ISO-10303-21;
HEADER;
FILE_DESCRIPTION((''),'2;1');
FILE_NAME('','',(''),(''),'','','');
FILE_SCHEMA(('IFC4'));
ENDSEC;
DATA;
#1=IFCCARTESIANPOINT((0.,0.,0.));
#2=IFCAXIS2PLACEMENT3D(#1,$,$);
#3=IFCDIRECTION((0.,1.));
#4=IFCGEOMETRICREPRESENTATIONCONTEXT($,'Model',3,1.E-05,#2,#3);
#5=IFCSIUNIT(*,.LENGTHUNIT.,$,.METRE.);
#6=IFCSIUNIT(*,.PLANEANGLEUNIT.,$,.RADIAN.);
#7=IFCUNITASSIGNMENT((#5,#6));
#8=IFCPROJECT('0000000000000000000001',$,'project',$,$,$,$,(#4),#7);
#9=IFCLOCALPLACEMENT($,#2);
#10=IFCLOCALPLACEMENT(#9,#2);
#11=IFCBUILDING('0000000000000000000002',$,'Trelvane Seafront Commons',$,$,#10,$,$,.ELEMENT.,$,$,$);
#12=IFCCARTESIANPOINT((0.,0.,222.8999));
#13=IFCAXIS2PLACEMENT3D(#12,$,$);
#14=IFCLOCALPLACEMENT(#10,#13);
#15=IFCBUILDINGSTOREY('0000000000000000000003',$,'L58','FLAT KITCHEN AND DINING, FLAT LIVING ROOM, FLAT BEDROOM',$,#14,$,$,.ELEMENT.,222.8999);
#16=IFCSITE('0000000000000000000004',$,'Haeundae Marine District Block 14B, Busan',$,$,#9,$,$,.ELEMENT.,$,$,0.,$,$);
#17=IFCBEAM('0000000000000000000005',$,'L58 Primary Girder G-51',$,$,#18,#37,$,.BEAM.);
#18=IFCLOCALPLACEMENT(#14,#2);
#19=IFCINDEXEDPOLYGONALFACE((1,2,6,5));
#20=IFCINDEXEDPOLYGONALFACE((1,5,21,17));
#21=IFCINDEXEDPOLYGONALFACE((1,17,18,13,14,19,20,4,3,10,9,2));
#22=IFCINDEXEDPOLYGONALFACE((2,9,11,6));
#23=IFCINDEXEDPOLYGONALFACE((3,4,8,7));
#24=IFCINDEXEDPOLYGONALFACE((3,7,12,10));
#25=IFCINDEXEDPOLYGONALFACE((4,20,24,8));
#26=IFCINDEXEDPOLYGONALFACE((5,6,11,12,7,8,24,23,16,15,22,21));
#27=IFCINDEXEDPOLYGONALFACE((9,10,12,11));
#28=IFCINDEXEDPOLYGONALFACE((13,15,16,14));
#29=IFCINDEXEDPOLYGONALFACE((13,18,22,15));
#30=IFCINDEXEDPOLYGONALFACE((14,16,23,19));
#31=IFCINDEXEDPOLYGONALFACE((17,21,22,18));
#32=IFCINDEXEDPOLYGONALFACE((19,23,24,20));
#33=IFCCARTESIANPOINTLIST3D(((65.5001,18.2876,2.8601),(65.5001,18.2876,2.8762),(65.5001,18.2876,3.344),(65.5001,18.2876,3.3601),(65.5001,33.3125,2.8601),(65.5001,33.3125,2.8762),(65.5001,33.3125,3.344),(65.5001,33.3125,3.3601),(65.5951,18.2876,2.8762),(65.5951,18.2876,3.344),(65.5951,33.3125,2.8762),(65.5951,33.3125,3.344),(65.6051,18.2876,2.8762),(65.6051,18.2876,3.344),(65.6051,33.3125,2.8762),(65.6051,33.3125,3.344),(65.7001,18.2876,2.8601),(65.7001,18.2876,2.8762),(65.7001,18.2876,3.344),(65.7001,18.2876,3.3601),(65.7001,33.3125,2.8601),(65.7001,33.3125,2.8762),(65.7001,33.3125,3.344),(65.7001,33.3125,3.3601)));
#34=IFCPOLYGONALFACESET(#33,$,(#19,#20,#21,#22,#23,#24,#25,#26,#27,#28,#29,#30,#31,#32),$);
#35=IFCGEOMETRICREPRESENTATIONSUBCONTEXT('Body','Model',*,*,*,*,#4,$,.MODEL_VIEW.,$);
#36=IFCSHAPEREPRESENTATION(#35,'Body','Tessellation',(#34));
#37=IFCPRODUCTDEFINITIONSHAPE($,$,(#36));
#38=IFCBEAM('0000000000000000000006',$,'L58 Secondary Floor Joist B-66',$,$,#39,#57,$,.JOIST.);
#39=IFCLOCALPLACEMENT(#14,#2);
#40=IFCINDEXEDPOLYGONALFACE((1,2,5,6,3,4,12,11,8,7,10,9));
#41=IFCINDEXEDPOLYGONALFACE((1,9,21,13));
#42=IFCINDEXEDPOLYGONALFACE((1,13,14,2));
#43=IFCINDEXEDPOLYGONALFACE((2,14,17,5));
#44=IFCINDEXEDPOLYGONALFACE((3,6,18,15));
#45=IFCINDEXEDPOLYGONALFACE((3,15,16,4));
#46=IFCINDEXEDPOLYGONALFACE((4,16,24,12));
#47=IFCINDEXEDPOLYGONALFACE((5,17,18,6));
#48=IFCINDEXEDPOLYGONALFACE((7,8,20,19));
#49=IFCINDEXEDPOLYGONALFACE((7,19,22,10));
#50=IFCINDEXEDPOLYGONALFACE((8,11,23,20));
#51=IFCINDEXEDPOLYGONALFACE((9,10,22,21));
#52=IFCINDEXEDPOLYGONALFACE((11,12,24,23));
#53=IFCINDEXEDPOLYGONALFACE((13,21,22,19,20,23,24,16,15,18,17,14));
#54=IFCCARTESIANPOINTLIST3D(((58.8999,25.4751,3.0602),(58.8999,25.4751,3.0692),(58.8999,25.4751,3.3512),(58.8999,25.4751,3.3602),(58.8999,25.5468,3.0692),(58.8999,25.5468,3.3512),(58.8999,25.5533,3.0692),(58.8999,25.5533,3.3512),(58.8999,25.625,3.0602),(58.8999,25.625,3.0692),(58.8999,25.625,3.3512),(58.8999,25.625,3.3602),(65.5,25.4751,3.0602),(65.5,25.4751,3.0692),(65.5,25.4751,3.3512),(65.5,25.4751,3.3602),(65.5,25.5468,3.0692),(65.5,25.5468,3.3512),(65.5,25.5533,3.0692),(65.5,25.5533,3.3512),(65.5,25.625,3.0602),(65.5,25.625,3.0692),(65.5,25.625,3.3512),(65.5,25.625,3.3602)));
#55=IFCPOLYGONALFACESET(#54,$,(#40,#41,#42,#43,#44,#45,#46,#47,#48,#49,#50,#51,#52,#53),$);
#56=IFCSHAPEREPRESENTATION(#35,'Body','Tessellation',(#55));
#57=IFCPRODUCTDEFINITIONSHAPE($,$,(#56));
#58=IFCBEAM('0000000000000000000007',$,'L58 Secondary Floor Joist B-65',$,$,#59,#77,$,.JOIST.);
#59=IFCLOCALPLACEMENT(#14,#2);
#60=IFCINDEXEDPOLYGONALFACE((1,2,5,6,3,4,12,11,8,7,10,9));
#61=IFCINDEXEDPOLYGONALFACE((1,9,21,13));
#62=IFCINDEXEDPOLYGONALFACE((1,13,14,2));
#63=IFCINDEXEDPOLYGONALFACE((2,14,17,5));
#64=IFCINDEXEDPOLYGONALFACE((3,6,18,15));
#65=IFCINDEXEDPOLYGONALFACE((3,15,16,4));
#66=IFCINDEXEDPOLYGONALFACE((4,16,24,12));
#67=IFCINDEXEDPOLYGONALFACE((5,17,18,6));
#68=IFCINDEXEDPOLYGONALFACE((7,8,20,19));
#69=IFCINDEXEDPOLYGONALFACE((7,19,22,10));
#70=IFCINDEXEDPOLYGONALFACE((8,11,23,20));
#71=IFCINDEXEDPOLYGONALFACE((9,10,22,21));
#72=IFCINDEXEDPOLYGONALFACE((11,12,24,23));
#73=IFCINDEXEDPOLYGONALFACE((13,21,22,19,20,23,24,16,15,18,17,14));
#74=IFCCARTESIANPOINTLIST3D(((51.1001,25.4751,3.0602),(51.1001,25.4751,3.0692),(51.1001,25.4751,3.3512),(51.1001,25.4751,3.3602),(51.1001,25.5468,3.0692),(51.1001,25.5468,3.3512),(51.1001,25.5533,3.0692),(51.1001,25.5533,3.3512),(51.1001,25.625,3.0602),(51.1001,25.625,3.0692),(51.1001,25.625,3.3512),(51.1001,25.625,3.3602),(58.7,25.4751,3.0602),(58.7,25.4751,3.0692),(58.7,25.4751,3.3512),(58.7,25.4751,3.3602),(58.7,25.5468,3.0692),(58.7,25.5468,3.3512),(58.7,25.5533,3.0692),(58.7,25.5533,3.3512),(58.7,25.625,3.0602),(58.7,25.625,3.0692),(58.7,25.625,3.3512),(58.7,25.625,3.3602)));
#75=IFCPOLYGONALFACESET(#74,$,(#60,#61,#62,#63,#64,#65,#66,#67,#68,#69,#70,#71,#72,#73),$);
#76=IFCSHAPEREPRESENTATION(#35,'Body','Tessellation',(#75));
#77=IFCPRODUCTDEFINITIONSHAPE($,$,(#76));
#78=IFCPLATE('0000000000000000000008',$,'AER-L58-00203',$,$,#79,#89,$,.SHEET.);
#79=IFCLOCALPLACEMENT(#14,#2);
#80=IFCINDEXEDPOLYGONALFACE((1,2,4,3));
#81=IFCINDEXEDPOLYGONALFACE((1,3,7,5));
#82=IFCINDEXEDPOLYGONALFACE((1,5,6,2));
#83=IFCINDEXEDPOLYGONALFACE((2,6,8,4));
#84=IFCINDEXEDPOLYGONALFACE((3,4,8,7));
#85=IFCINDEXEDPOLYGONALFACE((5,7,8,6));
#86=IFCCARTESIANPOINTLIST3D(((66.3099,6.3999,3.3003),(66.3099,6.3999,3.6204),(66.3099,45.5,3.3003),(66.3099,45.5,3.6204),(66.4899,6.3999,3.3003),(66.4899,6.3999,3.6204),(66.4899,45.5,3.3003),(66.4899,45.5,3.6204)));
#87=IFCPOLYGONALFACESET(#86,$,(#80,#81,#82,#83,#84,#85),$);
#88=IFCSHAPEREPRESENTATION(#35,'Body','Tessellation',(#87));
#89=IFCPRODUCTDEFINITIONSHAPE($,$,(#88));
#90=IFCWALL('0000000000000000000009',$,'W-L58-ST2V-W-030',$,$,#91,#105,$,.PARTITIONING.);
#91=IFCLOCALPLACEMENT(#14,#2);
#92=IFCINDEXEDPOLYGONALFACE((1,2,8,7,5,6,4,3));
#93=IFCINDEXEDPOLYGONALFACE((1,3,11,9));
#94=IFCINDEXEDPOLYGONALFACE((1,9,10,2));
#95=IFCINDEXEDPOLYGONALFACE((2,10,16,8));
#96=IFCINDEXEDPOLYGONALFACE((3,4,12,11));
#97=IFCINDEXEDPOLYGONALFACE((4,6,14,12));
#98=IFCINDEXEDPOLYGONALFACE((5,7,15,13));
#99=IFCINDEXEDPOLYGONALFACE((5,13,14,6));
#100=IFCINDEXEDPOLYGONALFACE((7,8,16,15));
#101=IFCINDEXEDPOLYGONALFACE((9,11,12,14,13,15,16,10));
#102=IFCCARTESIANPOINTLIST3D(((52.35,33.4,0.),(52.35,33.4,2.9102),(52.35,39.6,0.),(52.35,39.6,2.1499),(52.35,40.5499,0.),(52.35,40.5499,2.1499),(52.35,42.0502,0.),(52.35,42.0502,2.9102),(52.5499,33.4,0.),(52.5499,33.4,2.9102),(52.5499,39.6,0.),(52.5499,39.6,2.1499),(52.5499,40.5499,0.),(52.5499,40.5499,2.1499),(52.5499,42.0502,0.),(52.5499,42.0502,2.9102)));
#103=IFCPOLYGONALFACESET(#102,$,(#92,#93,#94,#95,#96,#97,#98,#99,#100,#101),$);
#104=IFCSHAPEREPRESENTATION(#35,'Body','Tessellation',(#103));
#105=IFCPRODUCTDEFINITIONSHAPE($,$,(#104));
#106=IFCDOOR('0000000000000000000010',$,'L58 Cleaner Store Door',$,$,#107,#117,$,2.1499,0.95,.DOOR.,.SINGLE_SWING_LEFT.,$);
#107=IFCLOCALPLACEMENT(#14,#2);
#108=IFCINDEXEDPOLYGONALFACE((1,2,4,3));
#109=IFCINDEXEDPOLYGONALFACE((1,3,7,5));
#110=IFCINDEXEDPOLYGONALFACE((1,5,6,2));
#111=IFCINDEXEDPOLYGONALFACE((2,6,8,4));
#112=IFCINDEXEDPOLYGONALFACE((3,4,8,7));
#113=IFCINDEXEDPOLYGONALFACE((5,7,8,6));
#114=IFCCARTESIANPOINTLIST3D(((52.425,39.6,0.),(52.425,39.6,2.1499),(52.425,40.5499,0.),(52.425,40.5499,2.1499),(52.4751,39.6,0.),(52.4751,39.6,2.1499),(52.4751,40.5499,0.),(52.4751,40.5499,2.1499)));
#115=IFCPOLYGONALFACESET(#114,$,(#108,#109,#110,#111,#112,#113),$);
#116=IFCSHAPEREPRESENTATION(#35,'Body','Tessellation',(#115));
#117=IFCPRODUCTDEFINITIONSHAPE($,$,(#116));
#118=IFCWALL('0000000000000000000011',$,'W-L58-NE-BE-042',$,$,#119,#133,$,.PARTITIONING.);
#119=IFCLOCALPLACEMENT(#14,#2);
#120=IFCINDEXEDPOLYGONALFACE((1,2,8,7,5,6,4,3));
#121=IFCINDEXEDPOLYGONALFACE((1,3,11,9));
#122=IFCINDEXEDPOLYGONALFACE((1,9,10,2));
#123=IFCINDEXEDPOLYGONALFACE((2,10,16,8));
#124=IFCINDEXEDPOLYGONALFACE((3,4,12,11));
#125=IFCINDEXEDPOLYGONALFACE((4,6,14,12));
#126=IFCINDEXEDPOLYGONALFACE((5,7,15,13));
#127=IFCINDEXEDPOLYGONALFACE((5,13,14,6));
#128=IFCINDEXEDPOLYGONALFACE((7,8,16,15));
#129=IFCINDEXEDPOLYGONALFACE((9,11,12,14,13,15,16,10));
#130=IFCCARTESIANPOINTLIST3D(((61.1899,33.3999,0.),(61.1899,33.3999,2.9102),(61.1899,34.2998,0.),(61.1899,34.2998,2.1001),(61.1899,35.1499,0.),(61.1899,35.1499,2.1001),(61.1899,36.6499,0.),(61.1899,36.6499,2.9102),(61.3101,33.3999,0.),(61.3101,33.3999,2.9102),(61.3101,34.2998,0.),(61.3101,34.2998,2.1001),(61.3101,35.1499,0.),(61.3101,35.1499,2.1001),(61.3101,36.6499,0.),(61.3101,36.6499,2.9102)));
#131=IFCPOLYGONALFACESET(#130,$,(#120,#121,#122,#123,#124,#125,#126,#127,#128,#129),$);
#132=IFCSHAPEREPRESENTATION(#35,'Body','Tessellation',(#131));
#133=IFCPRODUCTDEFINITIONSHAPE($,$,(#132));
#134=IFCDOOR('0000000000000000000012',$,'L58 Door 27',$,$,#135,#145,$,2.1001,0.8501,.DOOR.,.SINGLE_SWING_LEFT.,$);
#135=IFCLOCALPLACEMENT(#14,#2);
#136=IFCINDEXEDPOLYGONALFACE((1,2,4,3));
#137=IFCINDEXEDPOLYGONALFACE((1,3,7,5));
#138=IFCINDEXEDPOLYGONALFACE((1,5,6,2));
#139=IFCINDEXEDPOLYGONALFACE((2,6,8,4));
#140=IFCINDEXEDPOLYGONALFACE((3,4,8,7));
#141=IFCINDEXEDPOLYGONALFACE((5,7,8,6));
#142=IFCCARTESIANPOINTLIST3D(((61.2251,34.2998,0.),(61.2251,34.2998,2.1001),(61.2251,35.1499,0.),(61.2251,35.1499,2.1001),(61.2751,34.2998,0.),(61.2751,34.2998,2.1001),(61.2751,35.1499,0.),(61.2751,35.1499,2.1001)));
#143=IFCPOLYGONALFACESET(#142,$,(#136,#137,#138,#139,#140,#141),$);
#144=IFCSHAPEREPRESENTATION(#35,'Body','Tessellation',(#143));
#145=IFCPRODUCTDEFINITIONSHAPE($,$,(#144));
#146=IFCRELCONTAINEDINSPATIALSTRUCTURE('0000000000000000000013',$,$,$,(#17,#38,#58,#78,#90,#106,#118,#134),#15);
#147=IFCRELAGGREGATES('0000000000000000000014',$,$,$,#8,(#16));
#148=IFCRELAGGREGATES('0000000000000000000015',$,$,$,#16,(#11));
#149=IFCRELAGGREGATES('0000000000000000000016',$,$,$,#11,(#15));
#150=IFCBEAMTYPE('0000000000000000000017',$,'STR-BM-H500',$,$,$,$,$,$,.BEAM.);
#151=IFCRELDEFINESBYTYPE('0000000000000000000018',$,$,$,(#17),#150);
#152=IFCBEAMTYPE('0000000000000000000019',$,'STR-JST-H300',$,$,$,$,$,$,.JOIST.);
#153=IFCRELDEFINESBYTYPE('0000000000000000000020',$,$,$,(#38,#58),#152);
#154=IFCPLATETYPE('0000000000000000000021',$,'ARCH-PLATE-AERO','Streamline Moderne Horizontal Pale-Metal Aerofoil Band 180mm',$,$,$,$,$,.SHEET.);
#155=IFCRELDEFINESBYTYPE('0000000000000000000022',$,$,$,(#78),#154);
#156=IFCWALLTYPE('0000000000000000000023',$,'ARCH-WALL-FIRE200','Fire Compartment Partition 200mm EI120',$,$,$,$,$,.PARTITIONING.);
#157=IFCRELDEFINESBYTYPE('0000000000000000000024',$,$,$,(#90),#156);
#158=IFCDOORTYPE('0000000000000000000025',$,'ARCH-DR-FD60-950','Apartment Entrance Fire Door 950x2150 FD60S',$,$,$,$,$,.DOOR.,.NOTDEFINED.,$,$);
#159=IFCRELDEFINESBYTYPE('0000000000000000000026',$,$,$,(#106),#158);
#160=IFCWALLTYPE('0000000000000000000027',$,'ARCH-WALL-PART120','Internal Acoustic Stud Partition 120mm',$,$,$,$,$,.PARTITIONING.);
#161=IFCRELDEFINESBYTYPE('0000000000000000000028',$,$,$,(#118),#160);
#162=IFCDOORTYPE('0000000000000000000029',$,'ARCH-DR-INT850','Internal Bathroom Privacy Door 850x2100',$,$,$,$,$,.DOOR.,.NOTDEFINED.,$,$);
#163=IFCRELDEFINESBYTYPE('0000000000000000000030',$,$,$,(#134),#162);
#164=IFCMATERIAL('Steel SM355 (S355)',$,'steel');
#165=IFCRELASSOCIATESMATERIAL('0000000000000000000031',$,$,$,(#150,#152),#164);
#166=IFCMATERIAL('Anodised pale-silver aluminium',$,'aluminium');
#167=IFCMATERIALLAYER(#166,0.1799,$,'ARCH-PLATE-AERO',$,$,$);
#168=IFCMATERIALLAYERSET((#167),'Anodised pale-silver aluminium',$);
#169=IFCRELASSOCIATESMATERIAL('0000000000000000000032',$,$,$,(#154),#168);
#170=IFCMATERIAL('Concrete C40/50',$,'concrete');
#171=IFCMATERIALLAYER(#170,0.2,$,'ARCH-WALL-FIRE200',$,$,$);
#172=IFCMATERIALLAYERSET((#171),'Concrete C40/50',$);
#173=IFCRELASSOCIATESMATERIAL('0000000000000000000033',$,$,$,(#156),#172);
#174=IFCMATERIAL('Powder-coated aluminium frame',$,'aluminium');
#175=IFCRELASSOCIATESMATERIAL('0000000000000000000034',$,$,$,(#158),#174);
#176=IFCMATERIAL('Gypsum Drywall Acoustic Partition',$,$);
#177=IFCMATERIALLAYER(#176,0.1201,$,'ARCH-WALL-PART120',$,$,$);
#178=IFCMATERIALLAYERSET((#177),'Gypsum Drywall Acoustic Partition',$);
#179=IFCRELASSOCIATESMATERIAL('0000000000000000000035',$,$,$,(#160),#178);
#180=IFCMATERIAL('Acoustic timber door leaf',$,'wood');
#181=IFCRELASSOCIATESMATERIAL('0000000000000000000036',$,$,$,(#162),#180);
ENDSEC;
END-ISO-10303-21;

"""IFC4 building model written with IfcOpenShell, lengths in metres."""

from ifc_helpers import new_model, si_unit, direction, frame, frame_2d, origin, origin_2d, place, context, subcontext, project, spatial, rectangle, i_section, extrude, source, transform, mapped, material, layer, layer_set, material_profile, profile_set, type_object, element, fill, save


model = new_model("IFC4")

# Units and contexts
model_context = context("Model", 3, precision=1e-05, world=origin(), true_north=direction((0.0, 1.0)))
body_context = subcontext(model_context, "Body", "Model", "MODEL_VIEW")
ifc_project = project(units=[si_unit("LENGTHUNIT", "METRE"), si_unit("PLANEANGLEUNIT", "RADIAN")], contexts=[model_context])

# Site, building, storey
site_placement = place(None, origin())
site = spatial("IfcSite", under=ifc_project, at=site_placement, Name="Haeundae Marine District Block 14B, Busan", CompositionType="ELEMENT", RefElevation=0.0)
building_placement = place(site_placement, origin())
building = spatial("IfcBuilding", under=site, at=building_placement, Name="Trelvane Seafront Commons", CompositionType="ELEMENT")
storey_placement = place(building_placement, frame((0.0, 0.0, 222.8999)))
storey = spatial("IfcBuildingStorey", under=building, at=storey_placement, Name="L58", Description="FLAT KITCHEN AND DINING, FLAT LIVING ROOM, FLAT BEDROOM", CompositionType="ELEMENT", Elevation=222.8999)

# Shared definitions
ifc_material_1 = material(Name="Steel SM355 (S355)", Category="steel")

# Beams
ifc_material_profile_1 = material_profile(ifc_material_1, i_section(OverallWidth=0.2, OverallDepth=0.5, WebThickness=0.01, FlangeThickness=0.0161, at=origin_2d()), Name="H-500x200x10x16")
ifc_profile_set_1 = profile_set([ifc_material_profile_1], Name="Steel SM355 (S355)")
beam_type_1 = type_object("IfcBeamType", Name="STR-BM-H500", PredefinedType="BEAM", material=ifc_profile_set_1)
shared_shape_1 = source(origin(), body_context, "Body", "SweptSolid", [
    extrude(i_section(OverallWidth=0.2, OverallDepth=0.5, WebThickness=0.01, FlangeThickness=0.0161, at=origin_2d()), origin(), (0.0, 0.0, 1.0), 15.0249),
])
beam_1_placement = place(storey_placement, frame((65.6001, 18.2876, 3.1101), z_axis=(0.0, 1.0, 0.0), x_axis=(-1.0, 0.0, 0.0)))
element("IfcBeam", 1, at=beam_1_placement, inside=storey, type_object=beam_type_1, Name="L58 Primary Girder G-51", PredefinedType="BEAM", context=body_context, shape_type="MappedRepresentation", body=[
    mapped(shared_shape_1, transform((0.0, 0.0, 0.0), x_axis=(1.0, 0.0, 0.0), y_axis=(0.0, 1.0, 0.0), z_axis=(0.0, 0.0, 1.0), scale=1.0)),
])
ifc_material_profile_2 = material_profile(ifc_material_1, i_section(OverallWidth=0.1499, OverallDepth=0.3, WebThickness=0.0066, FlangeThickness=0.009, at=origin_2d()), Name="H-300x150x6.5x9")
ifc_profile_set_2 = profile_set([ifc_material_profile_2], Name="Steel SM355 (S355)")
beam_type_2 = type_object("IfcBeamType", Name="STR-JST-H300", PredefinedType="JOIST", material=ifc_profile_set_2)
shared_shape_2 = source(origin(), body_context, "Body", "SweptSolid", [
    extrude(i_section(OverallWidth=0.1499, OverallDepth=0.3, WebThickness=0.0066, FlangeThickness=0.009, at=origin_2d()), origin(), (0.0, 0.0, 1.0), 6.6001),
])
beam_2_placement = place(storey_placement, frame((58.8999, 25.55, 3.2102), z_axis=(1.0, 0.0, 0.0), x_axis=(0.0, 1.0, 0.0)))
element("IfcBeam", 2, at=beam_2_placement, inside=storey, type_object=beam_type_2, Name="L58 Secondary Floor Joist B-66", PredefinedType="JOIST", context=body_context, shape_type="MappedRepresentation", body=[
    mapped(shared_shape_2, transform((0.0, 0.0, 0.0), x_axis=(1.0, 0.0, 0.0), y_axis=(0.0, 1.0, 0.0), z_axis=(0.0, 0.0, 1.0), scale=1.0)),
])
shared_shape_3 = source(origin(), body_context, "Body", "SweptSolid", [
    extrude(i_section(OverallWidth=0.1499, OverallDepth=0.3, WebThickness=0.0066, FlangeThickness=0.009, at=origin_2d()), origin(), (0.0, 0.0, 1.0), 7.5999),
])
beam_3_placement = place(storey_placement, frame((51.1001, 25.55, 3.2102), z_axis=(1.0, 0.0, 0.0), x_axis=(0.0, 1.0, 0.0)))
element("IfcBeam", 3, at=beam_3_placement, inside=storey, type_object=beam_type_2, Name="L58 Secondary Floor Joist B-65", PredefinedType="JOIST", context=body_context, shape_type="MappedRepresentation", body=[
    mapped(shared_shape_3, transform((0.0, 0.0, 0.0), x_axis=(1.0, 0.0, 0.0), y_axis=(0.0, 1.0, 0.0), z_axis=(0.0, 0.0, 1.0), scale=1.0)),
])

# Plate
ifc_material_2 = material(Name="Anodised pale-silver aluminium", Category="aluminium")
ifc_layer_1 = layer(ifc_material_2, 0.1799, Name="ARCH-PLATE-AERO")
ifc_layer_set_1 = layer_set([ifc_layer_1], Name="Anodised pale-silver aluminium")
plate_type = type_object("IfcPlateType", Name="ARCH-PLATE-AERO", Description="Streamline Moderne Horizontal Pale-Metal Aerofoil Band 180mm", PredefinedType="SHEET", material=ifc_layer_set_1)
shared_shape_4 = source(origin(), body_context, "Body", "SweptSolid", [
    extrude(rectangle(XDim=39.1001, YDim=0.1799, at=origin_2d()), origin(), (0.0, 0.0, 1.0), 0.3201),
])
plate_placement = place(storey_placement, frame((66.3999, 25.95, 3.3003), z_axis=(0.0, 0.0, 1.0), x_axis=(0.0, -1.0, 0.0)))
element("IfcPlate", 4, at=plate_placement, inside=storey, type_object=plate_type, Name="AER-L58-00203", PredefinedType="SHEET", context=body_context, shape_type="MappedRepresentation", body=[
    mapped(shared_shape_4, transform((0.0, 0.0, 0.0), x_axis=(1.0, 0.0, 0.0), y_axis=(0.0, 1.0, 0.0), z_axis=(0.0, 0.0, 1.0), scale=1.0)),
])

# Walls, openings, doors
ifc_material_3 = material(Name="Concrete C40/50", Category="concrete")
ifc_layer_2 = layer(ifc_material_3, 0.2, Name="ARCH-WALL-FIRE200")
ifc_layer_set_2 = layer_set([ifc_layer_2], Name="Concrete C40/50")
wall_type_1 = type_object("IfcWallType", Name="ARCH-WALL-FIRE200", Description="Fire Compartment Partition 200mm EI120", PredefinedType="PARTITIONING", material=ifc_layer_set_2)
wall_1_placement = place(storey_placement, frame((52.45, 33.3999, 0.0), z_axis=(0.0, 0.0, 1.0), x_axis=(0.0, 1.0, 0.0)))
wall_1 = element("IfcWall", 5, at=wall_1_placement, inside=storey, type_object=wall_type_1, Name="W-L58-ST2V-W-030", PredefinedType="PARTITIONING", context=body_context, shape_type="SweptSolid", body=[
    extrude(rectangle(XDim=8.6501, YDim=0.2, at=frame_2d((4.3252, 0.0))), origin(), (0.0, 0.0, 1.0), 2.9102),
])
opening_1_placement = place(wall_1_placement, frame((6.2, 0.0, 0.0)))
opening_1 = element("IfcOpeningElement", 6, at=opening_1_placement, cuts=wall_1, PredefinedType="OPENING", context=body_context, shape_type="SweptSolid", body=[
    extrude(rectangle(XDim=0.95, YDim=2.1499, at=frame_2d((0.4751, 1.075))), frame((0.0, 0.1099, 0.0), z_axis=(0.0, -1.0, 0.0), x_axis=(1.0, 0.0, 0.0)), (0.0, 0.0, 1.0), 0.22),
])
ifc_material_4 = material(Name="Powder-coated aluminium frame", Category="aluminium")
door_type_1 = type_object("IfcDoorType", Name="ARCH-DR-FD60-950", Description="Apartment Entrance Fire Door 950x2150 FD60S", OperationType="NOTDEFINED", PredefinedType="DOOR", material=ifc_material_4)
shared_shape_5 = source(origin(), body_context, "Body", "SweptSolid", [
    extrude(rectangle(XDim=0.95, YDim=2.1499, at=frame_2d((0.4751, 1.075))), frame((0.0, 0.0249, 0.0), z_axis=(0.0, -1.0, 0.0), x_axis=(1.0, 0.0, 0.0)), (0.0, 0.0, 1.0), 0.05),
])
door_1_placement = place(opening_1_placement, origin())
door_1 = element("IfcDoor", 7, at=door_1_placement, inside=storey, type_object=door_type_1, Name="L58 Cleaner Store Door", OperationType="SINGLE_SWING_LEFT", OverallHeight=2.1499, OverallWidth=0.95, PredefinedType="DOOR", context=body_context, shape_type="MappedRepresentation", body=[
    mapped(shared_shape_5, transform((0.0, 0.0, 0.0), x_axis=(1.0, 0.0, 0.0), y_axis=(0.0, 1.0, 0.0), z_axis=(0.0, 0.0, 1.0), scale=1.0)),
])
fill(opening_1, door_1)
ifc_material_5 = material(Name="Gypsum Drywall Acoustic Partition")
ifc_layer_3 = layer(ifc_material_5, 0.1201, Name="ARCH-WALL-PART120")
ifc_layer_set_3 = layer_set([ifc_layer_3], Name="Gypsum Drywall Acoustic Partition")
wall_type_2 = type_object("IfcWallType", Name="ARCH-WALL-PART120", Description="Internal Acoustic Stud Partition 120mm", PredefinedType="PARTITIONING", material=ifc_layer_set_3)
wall_2_placement = place(storey_placement, frame((61.25, 33.3999, 0.0), z_axis=(0.0, 0.0, 1.0), x_axis=(0.0, 1.0, 0.0)))
wall_2 = element("IfcWall", 8, at=wall_2_placement, inside=storey, type_object=wall_type_2, Name="W-L58-NE-BE-042", PredefinedType="PARTITIONING", context=body_context, shape_type="SweptSolid", body=[
    extrude(rectangle(XDim=3.25, YDim=0.1201, at=frame_2d((1.625, 0.0))), origin(), (0.0, 0.0, 1.0), 2.9102),
])
opening_2_placement = place(wall_2_placement, frame((0.8999, 0.0, 0.0)))
opening_2 = element("IfcOpeningElement", 9, at=opening_2_placement, cuts=wall_2, PredefinedType="OPENING", context=body_context, shape_type="SweptSolid", body=[
    extrude(rectangle(XDim=0.8501, YDim=2.1001, at=frame_2d((0.425, 1.05))), frame((0.0, 0.0701, 0.0), z_axis=(0.0, -1.0, 0.0), x_axis=(1.0, 0.0, 0.0)), (0.0, 0.0, 1.0), 0.1401),
])
ifc_material_6 = material(Name="Acoustic timber door leaf", Category="wood")
door_type_2 = type_object("IfcDoorType", Name="ARCH-DR-INT850", Description="Internal Bathroom Privacy Door 850x2100", OperationType="NOTDEFINED", PredefinedType="DOOR", material=ifc_material_6)
shared_shape_6 = source(origin(), body_context, "Body", "SweptSolid", [
    extrude(rectangle(XDim=0.8501, YDim=2.1001, at=frame_2d((0.425, 1.05))), frame((0.0, 0.0249, 0.0), z_axis=(0.0, -1.0, 0.0), x_axis=(1.0, 0.0, 0.0)), (0.0, 0.0, 1.0), 0.05),
])
door_2_placement = place(opening_2_placement, origin())
door_2 = element("IfcDoor", 10, at=door_2_placement, inside=storey, type_object=door_type_2, Name="L58 Door 27", OperationType="SINGLE_SWING_LEFT", OverallHeight=2.1001, OverallWidth=0.8501, PredefinedType="DOOR", context=body_context, shape_type="MappedRepresentation", body=[
    mapped(shared_shape_6, transform((0.0, 0.0, 0.0), x_axis=(1.0, 0.0, 0.0), y_axis=(0.0, 1.0, 0.0), z_axis=(0.0, 0.0, 1.0), scale=1.0)),
])
fill(opening_2, door_2)

save(model, "model.ifc")
